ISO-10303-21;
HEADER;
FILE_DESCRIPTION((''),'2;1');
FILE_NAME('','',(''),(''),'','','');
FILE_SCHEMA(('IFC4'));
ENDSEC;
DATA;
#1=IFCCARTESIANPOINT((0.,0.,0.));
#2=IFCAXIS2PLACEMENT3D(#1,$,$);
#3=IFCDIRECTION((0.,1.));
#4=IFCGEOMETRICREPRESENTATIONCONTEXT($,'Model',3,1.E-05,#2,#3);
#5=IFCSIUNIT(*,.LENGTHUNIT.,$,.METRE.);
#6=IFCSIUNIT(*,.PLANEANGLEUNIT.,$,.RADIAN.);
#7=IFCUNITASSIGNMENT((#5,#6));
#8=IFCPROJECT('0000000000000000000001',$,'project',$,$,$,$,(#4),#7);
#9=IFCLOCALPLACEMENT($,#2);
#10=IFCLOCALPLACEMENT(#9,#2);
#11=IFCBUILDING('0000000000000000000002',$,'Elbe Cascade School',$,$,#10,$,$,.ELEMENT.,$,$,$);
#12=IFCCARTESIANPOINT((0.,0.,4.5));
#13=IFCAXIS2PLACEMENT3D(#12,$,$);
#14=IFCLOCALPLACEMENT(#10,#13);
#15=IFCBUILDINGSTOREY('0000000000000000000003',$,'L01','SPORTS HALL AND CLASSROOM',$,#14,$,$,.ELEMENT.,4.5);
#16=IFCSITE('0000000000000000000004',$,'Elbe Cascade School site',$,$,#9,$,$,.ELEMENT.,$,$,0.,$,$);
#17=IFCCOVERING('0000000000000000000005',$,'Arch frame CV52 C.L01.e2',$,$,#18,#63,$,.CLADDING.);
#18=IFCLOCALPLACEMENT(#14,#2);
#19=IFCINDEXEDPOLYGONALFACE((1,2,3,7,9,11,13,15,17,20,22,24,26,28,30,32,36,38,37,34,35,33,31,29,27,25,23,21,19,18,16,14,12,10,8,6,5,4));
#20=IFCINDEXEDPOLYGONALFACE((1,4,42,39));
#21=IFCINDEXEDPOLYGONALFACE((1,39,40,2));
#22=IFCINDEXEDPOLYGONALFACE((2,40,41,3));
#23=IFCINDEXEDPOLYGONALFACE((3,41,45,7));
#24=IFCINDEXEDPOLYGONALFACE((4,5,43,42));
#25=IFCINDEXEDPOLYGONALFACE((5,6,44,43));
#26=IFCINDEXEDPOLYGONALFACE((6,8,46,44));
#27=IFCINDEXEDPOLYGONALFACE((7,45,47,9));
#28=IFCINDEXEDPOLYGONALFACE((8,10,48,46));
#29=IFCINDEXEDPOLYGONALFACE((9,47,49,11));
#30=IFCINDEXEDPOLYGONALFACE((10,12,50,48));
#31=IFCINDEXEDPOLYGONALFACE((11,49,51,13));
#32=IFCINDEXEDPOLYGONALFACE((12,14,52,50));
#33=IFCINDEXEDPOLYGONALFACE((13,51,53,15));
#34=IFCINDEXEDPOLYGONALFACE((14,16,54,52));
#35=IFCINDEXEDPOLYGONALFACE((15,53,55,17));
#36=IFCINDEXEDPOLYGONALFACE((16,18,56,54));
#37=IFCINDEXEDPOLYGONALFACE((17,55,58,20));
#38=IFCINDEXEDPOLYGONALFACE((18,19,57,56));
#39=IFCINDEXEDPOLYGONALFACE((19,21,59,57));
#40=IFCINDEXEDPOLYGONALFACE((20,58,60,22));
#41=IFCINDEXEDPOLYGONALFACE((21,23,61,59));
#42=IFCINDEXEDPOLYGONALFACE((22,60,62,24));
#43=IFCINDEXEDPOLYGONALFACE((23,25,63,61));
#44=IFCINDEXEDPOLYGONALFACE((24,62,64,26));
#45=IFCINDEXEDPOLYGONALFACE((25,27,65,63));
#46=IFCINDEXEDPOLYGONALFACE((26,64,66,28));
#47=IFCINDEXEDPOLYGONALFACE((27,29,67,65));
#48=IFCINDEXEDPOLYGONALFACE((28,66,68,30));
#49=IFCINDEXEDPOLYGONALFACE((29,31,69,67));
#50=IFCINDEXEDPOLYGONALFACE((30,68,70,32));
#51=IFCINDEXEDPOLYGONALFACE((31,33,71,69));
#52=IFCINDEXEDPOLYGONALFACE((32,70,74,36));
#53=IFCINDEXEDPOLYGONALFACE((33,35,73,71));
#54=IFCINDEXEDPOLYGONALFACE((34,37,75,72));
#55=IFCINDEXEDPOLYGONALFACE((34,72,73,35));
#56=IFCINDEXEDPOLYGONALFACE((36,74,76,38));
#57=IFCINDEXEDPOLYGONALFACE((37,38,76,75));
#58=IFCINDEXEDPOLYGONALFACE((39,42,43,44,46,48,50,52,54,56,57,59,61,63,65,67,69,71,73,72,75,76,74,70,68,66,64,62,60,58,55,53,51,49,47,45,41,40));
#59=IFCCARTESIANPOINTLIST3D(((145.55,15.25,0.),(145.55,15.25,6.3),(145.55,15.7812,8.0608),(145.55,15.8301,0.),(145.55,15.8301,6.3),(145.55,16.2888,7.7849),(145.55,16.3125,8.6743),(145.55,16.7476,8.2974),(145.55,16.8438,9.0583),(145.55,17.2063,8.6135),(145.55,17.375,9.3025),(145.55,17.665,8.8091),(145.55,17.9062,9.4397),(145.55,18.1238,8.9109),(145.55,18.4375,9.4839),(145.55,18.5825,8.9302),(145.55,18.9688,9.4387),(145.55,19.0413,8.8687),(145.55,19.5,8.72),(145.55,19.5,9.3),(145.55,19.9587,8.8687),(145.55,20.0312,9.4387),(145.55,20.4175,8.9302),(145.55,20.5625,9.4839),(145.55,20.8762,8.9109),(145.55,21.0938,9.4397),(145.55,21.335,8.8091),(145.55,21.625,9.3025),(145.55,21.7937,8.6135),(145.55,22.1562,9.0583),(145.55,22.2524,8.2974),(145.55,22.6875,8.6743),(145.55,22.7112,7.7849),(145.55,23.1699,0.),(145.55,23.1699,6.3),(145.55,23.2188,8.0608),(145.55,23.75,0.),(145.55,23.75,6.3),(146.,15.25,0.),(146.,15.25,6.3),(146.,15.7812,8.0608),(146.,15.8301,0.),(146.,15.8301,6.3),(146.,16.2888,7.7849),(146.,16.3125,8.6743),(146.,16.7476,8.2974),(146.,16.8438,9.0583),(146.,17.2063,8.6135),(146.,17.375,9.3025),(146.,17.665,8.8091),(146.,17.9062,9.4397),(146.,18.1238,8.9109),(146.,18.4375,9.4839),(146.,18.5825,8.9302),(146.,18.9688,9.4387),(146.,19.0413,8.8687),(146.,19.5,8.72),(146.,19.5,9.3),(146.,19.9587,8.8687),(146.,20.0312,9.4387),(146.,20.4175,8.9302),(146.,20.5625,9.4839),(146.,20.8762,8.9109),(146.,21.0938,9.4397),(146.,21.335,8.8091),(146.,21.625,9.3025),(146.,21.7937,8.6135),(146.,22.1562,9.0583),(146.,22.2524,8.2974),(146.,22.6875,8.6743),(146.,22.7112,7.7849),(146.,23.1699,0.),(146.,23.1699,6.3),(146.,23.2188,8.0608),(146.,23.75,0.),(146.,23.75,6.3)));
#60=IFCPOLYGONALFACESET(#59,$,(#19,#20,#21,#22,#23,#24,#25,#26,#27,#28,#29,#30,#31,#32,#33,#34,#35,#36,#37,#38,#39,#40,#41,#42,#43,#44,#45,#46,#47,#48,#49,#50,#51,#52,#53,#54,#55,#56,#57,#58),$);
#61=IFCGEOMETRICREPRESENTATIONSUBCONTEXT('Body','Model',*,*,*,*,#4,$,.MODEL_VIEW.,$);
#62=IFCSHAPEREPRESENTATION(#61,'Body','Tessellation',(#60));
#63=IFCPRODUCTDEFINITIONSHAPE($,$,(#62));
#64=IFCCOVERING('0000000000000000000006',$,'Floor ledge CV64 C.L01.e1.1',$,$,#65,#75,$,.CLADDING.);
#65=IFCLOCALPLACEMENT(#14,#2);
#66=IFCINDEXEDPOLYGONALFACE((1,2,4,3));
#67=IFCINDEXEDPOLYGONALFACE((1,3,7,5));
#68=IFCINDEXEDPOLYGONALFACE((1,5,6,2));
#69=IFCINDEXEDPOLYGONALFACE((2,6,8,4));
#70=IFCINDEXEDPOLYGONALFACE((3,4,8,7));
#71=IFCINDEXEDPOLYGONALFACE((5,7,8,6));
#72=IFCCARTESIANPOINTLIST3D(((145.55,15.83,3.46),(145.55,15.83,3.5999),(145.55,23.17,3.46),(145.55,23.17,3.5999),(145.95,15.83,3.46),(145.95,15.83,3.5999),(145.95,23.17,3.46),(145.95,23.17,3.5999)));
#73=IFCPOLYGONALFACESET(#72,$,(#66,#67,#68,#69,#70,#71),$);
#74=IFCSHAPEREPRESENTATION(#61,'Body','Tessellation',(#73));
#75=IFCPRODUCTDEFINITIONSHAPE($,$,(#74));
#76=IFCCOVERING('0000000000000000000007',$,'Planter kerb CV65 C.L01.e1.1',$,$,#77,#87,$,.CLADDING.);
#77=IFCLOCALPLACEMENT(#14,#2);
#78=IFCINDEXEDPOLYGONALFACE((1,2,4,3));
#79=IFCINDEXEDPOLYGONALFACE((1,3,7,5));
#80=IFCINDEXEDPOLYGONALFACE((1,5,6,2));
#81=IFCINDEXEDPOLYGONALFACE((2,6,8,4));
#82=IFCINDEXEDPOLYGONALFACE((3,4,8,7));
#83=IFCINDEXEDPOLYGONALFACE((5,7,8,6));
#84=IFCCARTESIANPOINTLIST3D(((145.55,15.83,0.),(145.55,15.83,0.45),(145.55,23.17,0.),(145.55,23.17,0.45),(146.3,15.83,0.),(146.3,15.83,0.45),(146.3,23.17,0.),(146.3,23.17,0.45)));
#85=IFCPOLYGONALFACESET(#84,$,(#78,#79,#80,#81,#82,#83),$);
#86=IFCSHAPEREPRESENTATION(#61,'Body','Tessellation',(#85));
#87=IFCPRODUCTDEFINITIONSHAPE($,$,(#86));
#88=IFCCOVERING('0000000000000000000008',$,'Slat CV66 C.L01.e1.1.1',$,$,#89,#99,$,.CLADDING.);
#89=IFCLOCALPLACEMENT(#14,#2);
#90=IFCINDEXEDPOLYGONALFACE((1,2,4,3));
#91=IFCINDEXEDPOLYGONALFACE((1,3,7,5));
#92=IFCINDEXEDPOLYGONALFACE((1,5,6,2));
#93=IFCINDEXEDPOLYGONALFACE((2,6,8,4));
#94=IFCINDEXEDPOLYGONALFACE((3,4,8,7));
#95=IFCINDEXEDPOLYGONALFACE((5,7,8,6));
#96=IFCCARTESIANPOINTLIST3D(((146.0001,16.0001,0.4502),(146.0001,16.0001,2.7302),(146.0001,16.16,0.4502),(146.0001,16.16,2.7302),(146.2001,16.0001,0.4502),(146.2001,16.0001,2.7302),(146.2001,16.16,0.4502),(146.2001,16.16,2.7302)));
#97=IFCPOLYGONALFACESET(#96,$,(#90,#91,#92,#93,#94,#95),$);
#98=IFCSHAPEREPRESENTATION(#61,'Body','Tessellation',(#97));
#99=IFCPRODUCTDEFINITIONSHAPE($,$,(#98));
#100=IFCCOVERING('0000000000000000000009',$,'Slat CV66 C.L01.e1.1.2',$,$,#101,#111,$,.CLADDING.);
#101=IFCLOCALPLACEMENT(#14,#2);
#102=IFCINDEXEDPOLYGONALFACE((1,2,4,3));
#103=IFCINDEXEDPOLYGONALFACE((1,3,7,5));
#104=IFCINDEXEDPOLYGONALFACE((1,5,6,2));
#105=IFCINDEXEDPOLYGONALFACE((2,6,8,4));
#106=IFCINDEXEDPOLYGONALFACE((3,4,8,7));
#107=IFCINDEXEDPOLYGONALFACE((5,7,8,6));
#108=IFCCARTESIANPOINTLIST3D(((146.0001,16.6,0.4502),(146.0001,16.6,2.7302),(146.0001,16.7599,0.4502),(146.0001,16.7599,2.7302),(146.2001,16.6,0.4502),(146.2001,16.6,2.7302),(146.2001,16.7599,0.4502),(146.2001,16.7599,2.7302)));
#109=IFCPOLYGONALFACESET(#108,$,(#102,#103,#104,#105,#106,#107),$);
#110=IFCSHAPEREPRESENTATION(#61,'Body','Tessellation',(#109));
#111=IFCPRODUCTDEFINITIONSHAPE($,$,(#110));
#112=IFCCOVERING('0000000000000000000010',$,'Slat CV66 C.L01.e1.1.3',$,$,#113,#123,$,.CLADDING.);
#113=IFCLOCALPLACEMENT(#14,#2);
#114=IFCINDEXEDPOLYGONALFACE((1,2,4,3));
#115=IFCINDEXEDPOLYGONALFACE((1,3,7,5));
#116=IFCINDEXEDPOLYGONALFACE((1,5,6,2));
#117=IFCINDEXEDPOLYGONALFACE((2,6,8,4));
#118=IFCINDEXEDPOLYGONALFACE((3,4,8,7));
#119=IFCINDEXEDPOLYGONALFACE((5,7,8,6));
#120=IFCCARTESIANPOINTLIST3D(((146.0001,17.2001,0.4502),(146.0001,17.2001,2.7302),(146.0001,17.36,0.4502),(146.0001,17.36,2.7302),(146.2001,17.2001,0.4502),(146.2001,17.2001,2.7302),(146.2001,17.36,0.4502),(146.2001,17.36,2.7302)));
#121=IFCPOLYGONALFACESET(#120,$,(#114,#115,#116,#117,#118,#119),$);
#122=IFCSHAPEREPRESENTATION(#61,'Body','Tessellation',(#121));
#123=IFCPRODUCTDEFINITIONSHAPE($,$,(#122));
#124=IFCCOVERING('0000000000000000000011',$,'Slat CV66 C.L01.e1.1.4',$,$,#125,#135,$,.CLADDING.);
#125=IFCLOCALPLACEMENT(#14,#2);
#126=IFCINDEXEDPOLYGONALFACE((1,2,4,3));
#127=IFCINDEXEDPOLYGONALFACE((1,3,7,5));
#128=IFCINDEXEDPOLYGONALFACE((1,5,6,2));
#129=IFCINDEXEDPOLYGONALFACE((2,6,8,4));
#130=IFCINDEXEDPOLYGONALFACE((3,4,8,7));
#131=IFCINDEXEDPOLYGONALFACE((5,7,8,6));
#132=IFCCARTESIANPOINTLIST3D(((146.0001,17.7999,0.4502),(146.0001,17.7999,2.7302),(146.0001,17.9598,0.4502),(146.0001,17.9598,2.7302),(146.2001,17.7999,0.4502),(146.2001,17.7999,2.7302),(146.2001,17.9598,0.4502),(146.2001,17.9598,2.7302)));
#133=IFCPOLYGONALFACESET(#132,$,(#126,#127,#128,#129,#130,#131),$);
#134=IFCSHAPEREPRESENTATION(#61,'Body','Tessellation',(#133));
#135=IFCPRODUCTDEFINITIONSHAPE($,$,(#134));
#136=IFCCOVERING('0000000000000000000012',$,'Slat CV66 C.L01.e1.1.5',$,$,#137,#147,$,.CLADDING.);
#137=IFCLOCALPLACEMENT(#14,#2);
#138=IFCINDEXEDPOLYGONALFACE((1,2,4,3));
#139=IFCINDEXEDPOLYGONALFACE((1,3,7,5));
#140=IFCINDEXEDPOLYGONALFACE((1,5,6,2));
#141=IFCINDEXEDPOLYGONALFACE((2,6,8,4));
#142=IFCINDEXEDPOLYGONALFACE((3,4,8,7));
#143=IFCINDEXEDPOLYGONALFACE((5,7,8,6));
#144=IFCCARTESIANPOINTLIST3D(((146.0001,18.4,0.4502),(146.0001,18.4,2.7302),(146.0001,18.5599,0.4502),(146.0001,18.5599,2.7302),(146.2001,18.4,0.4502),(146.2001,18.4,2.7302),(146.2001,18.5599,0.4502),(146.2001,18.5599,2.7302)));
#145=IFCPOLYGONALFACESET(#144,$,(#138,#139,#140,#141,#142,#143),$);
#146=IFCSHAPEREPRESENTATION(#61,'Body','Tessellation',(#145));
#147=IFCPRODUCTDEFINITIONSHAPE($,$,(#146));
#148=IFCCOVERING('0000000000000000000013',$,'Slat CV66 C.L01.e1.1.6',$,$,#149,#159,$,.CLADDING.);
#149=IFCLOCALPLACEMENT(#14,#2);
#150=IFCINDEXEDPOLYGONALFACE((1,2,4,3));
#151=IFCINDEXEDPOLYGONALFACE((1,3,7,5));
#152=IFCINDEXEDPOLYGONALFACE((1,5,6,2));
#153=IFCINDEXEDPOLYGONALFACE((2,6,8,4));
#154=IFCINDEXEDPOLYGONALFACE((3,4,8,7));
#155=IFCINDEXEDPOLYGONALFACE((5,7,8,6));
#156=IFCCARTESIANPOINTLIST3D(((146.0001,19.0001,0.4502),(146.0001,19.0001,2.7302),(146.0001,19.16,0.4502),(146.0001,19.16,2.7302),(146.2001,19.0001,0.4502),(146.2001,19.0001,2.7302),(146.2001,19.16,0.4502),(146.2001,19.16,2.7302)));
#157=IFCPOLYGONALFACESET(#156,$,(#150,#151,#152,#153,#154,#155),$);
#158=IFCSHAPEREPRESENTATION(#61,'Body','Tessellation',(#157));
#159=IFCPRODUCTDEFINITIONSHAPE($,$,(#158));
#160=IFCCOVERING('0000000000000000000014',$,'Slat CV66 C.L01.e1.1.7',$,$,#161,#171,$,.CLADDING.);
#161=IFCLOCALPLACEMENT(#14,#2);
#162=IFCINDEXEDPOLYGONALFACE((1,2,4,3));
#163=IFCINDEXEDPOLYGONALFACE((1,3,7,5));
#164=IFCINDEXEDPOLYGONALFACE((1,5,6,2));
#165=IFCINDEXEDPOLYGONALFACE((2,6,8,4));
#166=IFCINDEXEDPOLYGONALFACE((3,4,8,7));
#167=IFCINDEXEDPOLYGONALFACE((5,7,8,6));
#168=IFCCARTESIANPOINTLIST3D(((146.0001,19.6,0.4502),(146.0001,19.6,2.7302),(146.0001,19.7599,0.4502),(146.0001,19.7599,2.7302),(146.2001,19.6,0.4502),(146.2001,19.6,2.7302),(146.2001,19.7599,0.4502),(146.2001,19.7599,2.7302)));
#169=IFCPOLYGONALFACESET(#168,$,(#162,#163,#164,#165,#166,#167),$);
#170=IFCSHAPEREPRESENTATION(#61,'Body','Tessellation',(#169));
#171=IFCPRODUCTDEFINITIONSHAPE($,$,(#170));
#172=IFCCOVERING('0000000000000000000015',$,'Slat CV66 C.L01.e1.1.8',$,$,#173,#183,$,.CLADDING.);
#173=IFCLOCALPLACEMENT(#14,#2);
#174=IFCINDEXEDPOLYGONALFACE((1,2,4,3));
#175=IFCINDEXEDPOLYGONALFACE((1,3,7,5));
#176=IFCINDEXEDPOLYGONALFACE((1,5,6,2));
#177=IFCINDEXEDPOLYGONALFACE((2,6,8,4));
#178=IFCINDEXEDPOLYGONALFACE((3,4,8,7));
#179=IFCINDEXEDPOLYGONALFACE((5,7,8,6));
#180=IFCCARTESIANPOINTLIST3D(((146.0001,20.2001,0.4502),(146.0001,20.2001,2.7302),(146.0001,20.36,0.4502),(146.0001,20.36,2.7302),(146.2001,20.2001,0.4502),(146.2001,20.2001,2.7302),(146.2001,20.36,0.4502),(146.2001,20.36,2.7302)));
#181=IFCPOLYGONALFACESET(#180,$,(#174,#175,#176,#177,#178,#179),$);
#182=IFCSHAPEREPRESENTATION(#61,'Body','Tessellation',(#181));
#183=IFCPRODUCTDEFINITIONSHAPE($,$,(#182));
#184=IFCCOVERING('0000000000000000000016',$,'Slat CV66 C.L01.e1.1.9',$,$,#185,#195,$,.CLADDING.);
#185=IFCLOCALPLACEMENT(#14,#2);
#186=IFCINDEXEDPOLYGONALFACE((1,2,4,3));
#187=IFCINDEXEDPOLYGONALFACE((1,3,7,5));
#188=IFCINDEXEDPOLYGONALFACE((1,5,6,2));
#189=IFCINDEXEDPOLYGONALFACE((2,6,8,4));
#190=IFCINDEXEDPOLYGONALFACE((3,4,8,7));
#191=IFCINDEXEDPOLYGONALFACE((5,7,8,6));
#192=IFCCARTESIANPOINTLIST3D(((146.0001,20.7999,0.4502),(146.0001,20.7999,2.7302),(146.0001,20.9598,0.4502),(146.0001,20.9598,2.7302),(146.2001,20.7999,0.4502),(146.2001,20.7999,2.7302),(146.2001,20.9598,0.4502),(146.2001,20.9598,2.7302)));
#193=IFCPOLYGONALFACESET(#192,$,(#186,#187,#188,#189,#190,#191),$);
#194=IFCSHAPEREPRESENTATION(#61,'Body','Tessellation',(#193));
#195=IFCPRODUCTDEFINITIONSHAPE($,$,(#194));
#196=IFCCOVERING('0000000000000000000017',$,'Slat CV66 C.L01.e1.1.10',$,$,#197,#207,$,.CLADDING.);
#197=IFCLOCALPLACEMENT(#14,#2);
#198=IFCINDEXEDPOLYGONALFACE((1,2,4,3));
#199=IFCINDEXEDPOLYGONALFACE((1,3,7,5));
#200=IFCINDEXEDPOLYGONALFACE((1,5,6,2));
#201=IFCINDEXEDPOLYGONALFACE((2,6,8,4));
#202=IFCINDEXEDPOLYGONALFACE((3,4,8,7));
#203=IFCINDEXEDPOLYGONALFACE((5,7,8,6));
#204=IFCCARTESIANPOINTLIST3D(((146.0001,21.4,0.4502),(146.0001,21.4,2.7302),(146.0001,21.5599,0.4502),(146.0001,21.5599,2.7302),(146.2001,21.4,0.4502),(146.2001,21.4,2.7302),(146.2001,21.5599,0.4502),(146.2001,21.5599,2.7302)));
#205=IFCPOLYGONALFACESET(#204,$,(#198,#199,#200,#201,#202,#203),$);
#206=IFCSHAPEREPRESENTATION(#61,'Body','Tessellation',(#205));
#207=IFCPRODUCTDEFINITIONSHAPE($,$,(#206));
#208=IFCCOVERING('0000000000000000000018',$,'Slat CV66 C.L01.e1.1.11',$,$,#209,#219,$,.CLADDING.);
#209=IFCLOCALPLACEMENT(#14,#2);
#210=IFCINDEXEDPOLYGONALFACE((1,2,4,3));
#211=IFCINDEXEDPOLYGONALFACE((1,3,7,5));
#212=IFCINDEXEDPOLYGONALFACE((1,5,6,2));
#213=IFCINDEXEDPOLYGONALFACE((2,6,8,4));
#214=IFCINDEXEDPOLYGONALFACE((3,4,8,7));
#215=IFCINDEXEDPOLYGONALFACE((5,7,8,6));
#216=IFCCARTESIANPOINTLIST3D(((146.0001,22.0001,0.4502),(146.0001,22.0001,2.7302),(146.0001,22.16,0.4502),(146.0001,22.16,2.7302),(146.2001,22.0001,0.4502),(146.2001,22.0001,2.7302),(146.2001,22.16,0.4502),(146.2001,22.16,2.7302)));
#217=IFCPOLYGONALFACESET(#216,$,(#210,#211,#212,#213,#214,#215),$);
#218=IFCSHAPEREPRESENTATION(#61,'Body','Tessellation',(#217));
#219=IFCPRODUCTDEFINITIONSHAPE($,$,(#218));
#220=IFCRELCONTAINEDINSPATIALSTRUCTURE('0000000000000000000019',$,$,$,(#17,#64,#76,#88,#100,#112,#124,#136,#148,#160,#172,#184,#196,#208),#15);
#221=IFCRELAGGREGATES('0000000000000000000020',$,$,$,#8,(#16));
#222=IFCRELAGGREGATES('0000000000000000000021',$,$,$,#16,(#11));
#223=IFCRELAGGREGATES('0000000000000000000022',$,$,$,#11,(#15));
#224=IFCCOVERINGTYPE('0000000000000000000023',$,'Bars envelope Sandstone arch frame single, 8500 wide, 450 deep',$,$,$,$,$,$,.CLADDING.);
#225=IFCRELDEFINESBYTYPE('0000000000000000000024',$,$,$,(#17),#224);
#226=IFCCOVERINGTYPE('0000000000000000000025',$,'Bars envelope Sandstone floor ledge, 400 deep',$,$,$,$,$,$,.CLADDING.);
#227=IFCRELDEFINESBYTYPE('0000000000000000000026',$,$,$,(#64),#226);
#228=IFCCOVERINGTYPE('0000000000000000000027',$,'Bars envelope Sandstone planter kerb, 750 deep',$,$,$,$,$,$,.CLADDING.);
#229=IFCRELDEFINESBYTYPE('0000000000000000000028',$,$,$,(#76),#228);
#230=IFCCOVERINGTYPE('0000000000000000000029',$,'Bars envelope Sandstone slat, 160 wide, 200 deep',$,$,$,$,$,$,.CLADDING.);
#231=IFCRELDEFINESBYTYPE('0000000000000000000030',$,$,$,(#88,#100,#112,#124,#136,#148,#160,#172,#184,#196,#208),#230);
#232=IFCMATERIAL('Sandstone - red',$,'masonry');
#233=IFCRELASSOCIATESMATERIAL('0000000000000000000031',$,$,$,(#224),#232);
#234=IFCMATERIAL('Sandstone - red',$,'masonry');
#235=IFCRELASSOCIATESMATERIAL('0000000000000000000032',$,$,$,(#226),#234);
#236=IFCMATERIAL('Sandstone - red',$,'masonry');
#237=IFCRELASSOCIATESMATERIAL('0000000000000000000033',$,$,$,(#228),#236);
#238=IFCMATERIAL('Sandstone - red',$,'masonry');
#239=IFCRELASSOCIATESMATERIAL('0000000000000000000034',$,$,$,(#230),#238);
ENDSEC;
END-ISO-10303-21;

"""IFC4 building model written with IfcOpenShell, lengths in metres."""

from ifc_helpers import new_model, si_unit, direction, frame, origin, origin_2d, place, context, subcontext, project, spatial, polyline, rectangle, outline, extrude, material, type_object, element, save


model = new_model("IFC4")

# Units and contexts
model_context = context("Model", 3, precision=1e-05, world=origin(), true_north=direction((0.0, 1.0)))
body_context = subcontext(model_context, "Body", "Model", "MODEL_VIEW")
ifc_project = project(units=[si_unit("LENGTHUNIT", "METRE"), si_unit("PLANEANGLEUNIT", "RADIAN")], contexts=[model_context])

# Site, building, storey
site_placement = place(None, origin())
site = spatial("IfcSite", under=ifc_project, at=site_placement, Name="Elbe Cascade School site", CompositionType="ELEMENT", RefElevation=0.0)
building_placement = place(site_placement, origin())
building = spatial("IfcBuilding", under=site, at=building_placement, Name="Elbe Cascade School", CompositionType="ELEMENT")
storey_placement = place(building_placement, frame((0.0, 0.0, 4.5)))
storey = spatial("IfcBuildingStorey", under=building, at=storey_placement, Name="L01", Description="SPORTS HALL AND CLASSROOM", CompositionType="ELEMENT", Elevation=4.5)

# Coverings
ifc_material_1 = material(Name="Sandstone - red", Category="masonry")
covering_type_1 = type_object("IfcCoveringType", Name="Bars envelope Sandstone arch frame single, 8500 wide, 450 deep", PredefinedType="CLADDING", material=ifc_material_1)
covering_1_placement = place(storey_placement, frame((146.0, 15.8301, 0.0), z_axis=(1.0, 0.0, 0.0), x_axis=(0.0, 0.0, 1.0)))
element("IfcCovering", 1, at=covering_1_placement, inside=storey, type_object=covering_type_1, Name="Arch frame CV52 C.L01.e2", PredefinedType="CLADDING", context=body_context, shape_type="SweptSolid", body=[
    extrude(outline(polyline([(0.0, 0.0), (6.3, 0.0), (7.7849, -0.4587), (8.2974, -0.9175), (8.6135, -1.3762), (8.8091, -1.835), (8.9109, -2.2937), (8.9302, -2.7524), (8.8687, -3.2112), (8.72, -3.6699), (8.8687, -4.1287), (8.9302, -4.5874), (8.9109, -5.0461), (8.8091, -5.5049), (8.6135, -5.9636), (8.2974, -6.4224), (7.7849, -6.8811), (6.3, -7.3398), (0.0, -7.3398), (0.0, -7.9199), (6.3, -7.9199), (8.0608, -7.3887), (8.6743, -6.8574), (9.0583, -6.3262), (9.3025, -5.7949), (9.4397, -5.2637), (9.4839, -4.7324), (9.4387, -4.2012), (9.3, -3.6699), (9.4387, -3.1387), (9.4839, -2.6074), (9.4397, -2.0762), (9.3025, -1.5449), (9.0583, -1.0137), (8.6743, -0.4824), (8.0608, 0.0488), (6.3, 0.5801), (0.0, 0.5801), (0.0, 0.0)])), origin(), (0.0, 0.0, -1.0), 0.45),
])
ifc_material_2 = material(Name="Sandstone - red", Category="masonry")
covering_type_2 = type_object("IfcCoveringType", Name="Bars envelope Sandstone floor ledge, 400 deep", PredefinedType="CLADDING", material=ifc_material_2)
covering_2_placement = place(storey_placement, frame((145.75, 19.5, 3.46), z_axis=(0.0, 0.0, 1.0), x_axis=(0.0, 1.0, 0.0)))
element("IfcCovering", 2, at=covering_2_placement, inside=storey, type_object=covering_type_2, Name="Floor ledge CV64 C.L01.e1.1", PredefinedType="CLADDING", context=body_context, shape_type="SweptSolid", body=[
    extrude(rectangle(XDim=7.3401, YDim=0.3999, at=origin_2d()), origin(), (0.0, 0.0, 1.0), 0.1399),
])
ifc_material_3 = material(Name="Sandstone - red", Category="masonry")
covering_type_3 = type_object("IfcCoveringType", Name="Bars envelope Sandstone planter kerb, 750 deep", PredefinedType="CLADDING", material=ifc_material_3)
covering_3_placement = place(storey_placement, frame((145.925, 19.5, 0.0), z_axis=(0.0, 0.0, 1.0), x_axis=(0.0, 1.0, 0.0)))
element("IfcCovering", 3, at=covering_3_placement, inside=storey, type_object=covering_type_3, Name="Planter kerb CV65 C.L01.e1.1", PredefinedType="CLADDING", context=body_context, shape_type="SweptSolid", body=[
    extrude(rectangle(XDim=7.3401, YDim=0.75, at=origin_2d()), origin(), (0.0, 0.0, 1.0), 0.45),
])
ifc_material_4 = material(Name="Sandstone - red", Category="masonry")
covering_type_4 = type_object("IfcCoveringType", Name="Bars envelope Sandstone slat, 160 wide, 200 deep", PredefinedType="CLADDING", material=ifc_material_4)
for number, where, z_axis, x_axis, name in (
    (4, (146.1001, 16.0801, 0.4502), (0.0, 0.0, 1.0), (0.0, 1.0, 0.0), "Slat CV66 C.L01.e1.1.1"),
    (5, (146.1001, 16.6799, 0.4502), (0.0, 0.0, 1.0), (0.0, 1.0, 0.0), "Slat CV66 C.L01.e1.1.2"),
    (6, (146.1001, 17.28, 0.4502), (0.0, 0.0, 1.0), (0.0, 1.0, 0.0), "Slat CV66 C.L01.e1.1.3"),
    (7, (146.1001, 17.8799, 0.4502), (0.0, 0.0, 1.0), (0.0, 1.0, 0.0), "Slat CV66 C.L01.e1.1.4"),
    (8, (146.1001, 18.48, 0.4502), (0.0, 0.0, 1.0), (0.0, 1.0, 0.0), "Slat CV66 C.L01.e1.1.5"),
    (9, (146.1001, 19.0801, 0.4502), (0.0, 0.0, 1.0), (0.0, 1.0, 0.0), "Slat CV66 C.L01.e1.1.6"),
    (10, (146.1001, 19.6799, 0.4502), (0.0, 0.0, 1.0), (0.0, 1.0, 0.0), "Slat CV66 C.L01.e1.1.7"),
    (11, (146.1001, 20.28, 0.4502), (0.0, 0.0, 1.0), (0.0, 1.0, 0.0), "Slat CV66 C.L01.e1.1.8"),
    (12, (146.1001, 20.8799, 0.4502), (0.0, 0.0, 1.0), (0.0, 1.0, 0.0), "Slat CV66 C.L01.e1.1.9"),
    (13, (146.1001, 21.48, 0.4502), (0.0, 0.0, 1.0), (0.0, 1.0, 0.0), "Slat CV66 C.L01.e1.1.10"),
    (14, (146.1001, 22.0801, 0.4502), (0.0, 0.0, 1.0), (0.0, 1.0, 0.0), "Slat CV66 C.L01.e1.1.11"),
):
    element("IfcCovering", number, at=place(storey_placement, frame(where, z_axis=z_axis, x_axis=x_axis)), inside=storey, type_object=covering_type_4, Name=name, PredefinedType="CLADDING", context=body_context, shape_type="SweptSolid", body=[
        extrude(rectangle(XDim=0.1599, YDim=0.2, at=origin_2d()), origin(), (0.0, 0.0, 1.0), 2.28),
    ])

save(model, "model.ifc")
